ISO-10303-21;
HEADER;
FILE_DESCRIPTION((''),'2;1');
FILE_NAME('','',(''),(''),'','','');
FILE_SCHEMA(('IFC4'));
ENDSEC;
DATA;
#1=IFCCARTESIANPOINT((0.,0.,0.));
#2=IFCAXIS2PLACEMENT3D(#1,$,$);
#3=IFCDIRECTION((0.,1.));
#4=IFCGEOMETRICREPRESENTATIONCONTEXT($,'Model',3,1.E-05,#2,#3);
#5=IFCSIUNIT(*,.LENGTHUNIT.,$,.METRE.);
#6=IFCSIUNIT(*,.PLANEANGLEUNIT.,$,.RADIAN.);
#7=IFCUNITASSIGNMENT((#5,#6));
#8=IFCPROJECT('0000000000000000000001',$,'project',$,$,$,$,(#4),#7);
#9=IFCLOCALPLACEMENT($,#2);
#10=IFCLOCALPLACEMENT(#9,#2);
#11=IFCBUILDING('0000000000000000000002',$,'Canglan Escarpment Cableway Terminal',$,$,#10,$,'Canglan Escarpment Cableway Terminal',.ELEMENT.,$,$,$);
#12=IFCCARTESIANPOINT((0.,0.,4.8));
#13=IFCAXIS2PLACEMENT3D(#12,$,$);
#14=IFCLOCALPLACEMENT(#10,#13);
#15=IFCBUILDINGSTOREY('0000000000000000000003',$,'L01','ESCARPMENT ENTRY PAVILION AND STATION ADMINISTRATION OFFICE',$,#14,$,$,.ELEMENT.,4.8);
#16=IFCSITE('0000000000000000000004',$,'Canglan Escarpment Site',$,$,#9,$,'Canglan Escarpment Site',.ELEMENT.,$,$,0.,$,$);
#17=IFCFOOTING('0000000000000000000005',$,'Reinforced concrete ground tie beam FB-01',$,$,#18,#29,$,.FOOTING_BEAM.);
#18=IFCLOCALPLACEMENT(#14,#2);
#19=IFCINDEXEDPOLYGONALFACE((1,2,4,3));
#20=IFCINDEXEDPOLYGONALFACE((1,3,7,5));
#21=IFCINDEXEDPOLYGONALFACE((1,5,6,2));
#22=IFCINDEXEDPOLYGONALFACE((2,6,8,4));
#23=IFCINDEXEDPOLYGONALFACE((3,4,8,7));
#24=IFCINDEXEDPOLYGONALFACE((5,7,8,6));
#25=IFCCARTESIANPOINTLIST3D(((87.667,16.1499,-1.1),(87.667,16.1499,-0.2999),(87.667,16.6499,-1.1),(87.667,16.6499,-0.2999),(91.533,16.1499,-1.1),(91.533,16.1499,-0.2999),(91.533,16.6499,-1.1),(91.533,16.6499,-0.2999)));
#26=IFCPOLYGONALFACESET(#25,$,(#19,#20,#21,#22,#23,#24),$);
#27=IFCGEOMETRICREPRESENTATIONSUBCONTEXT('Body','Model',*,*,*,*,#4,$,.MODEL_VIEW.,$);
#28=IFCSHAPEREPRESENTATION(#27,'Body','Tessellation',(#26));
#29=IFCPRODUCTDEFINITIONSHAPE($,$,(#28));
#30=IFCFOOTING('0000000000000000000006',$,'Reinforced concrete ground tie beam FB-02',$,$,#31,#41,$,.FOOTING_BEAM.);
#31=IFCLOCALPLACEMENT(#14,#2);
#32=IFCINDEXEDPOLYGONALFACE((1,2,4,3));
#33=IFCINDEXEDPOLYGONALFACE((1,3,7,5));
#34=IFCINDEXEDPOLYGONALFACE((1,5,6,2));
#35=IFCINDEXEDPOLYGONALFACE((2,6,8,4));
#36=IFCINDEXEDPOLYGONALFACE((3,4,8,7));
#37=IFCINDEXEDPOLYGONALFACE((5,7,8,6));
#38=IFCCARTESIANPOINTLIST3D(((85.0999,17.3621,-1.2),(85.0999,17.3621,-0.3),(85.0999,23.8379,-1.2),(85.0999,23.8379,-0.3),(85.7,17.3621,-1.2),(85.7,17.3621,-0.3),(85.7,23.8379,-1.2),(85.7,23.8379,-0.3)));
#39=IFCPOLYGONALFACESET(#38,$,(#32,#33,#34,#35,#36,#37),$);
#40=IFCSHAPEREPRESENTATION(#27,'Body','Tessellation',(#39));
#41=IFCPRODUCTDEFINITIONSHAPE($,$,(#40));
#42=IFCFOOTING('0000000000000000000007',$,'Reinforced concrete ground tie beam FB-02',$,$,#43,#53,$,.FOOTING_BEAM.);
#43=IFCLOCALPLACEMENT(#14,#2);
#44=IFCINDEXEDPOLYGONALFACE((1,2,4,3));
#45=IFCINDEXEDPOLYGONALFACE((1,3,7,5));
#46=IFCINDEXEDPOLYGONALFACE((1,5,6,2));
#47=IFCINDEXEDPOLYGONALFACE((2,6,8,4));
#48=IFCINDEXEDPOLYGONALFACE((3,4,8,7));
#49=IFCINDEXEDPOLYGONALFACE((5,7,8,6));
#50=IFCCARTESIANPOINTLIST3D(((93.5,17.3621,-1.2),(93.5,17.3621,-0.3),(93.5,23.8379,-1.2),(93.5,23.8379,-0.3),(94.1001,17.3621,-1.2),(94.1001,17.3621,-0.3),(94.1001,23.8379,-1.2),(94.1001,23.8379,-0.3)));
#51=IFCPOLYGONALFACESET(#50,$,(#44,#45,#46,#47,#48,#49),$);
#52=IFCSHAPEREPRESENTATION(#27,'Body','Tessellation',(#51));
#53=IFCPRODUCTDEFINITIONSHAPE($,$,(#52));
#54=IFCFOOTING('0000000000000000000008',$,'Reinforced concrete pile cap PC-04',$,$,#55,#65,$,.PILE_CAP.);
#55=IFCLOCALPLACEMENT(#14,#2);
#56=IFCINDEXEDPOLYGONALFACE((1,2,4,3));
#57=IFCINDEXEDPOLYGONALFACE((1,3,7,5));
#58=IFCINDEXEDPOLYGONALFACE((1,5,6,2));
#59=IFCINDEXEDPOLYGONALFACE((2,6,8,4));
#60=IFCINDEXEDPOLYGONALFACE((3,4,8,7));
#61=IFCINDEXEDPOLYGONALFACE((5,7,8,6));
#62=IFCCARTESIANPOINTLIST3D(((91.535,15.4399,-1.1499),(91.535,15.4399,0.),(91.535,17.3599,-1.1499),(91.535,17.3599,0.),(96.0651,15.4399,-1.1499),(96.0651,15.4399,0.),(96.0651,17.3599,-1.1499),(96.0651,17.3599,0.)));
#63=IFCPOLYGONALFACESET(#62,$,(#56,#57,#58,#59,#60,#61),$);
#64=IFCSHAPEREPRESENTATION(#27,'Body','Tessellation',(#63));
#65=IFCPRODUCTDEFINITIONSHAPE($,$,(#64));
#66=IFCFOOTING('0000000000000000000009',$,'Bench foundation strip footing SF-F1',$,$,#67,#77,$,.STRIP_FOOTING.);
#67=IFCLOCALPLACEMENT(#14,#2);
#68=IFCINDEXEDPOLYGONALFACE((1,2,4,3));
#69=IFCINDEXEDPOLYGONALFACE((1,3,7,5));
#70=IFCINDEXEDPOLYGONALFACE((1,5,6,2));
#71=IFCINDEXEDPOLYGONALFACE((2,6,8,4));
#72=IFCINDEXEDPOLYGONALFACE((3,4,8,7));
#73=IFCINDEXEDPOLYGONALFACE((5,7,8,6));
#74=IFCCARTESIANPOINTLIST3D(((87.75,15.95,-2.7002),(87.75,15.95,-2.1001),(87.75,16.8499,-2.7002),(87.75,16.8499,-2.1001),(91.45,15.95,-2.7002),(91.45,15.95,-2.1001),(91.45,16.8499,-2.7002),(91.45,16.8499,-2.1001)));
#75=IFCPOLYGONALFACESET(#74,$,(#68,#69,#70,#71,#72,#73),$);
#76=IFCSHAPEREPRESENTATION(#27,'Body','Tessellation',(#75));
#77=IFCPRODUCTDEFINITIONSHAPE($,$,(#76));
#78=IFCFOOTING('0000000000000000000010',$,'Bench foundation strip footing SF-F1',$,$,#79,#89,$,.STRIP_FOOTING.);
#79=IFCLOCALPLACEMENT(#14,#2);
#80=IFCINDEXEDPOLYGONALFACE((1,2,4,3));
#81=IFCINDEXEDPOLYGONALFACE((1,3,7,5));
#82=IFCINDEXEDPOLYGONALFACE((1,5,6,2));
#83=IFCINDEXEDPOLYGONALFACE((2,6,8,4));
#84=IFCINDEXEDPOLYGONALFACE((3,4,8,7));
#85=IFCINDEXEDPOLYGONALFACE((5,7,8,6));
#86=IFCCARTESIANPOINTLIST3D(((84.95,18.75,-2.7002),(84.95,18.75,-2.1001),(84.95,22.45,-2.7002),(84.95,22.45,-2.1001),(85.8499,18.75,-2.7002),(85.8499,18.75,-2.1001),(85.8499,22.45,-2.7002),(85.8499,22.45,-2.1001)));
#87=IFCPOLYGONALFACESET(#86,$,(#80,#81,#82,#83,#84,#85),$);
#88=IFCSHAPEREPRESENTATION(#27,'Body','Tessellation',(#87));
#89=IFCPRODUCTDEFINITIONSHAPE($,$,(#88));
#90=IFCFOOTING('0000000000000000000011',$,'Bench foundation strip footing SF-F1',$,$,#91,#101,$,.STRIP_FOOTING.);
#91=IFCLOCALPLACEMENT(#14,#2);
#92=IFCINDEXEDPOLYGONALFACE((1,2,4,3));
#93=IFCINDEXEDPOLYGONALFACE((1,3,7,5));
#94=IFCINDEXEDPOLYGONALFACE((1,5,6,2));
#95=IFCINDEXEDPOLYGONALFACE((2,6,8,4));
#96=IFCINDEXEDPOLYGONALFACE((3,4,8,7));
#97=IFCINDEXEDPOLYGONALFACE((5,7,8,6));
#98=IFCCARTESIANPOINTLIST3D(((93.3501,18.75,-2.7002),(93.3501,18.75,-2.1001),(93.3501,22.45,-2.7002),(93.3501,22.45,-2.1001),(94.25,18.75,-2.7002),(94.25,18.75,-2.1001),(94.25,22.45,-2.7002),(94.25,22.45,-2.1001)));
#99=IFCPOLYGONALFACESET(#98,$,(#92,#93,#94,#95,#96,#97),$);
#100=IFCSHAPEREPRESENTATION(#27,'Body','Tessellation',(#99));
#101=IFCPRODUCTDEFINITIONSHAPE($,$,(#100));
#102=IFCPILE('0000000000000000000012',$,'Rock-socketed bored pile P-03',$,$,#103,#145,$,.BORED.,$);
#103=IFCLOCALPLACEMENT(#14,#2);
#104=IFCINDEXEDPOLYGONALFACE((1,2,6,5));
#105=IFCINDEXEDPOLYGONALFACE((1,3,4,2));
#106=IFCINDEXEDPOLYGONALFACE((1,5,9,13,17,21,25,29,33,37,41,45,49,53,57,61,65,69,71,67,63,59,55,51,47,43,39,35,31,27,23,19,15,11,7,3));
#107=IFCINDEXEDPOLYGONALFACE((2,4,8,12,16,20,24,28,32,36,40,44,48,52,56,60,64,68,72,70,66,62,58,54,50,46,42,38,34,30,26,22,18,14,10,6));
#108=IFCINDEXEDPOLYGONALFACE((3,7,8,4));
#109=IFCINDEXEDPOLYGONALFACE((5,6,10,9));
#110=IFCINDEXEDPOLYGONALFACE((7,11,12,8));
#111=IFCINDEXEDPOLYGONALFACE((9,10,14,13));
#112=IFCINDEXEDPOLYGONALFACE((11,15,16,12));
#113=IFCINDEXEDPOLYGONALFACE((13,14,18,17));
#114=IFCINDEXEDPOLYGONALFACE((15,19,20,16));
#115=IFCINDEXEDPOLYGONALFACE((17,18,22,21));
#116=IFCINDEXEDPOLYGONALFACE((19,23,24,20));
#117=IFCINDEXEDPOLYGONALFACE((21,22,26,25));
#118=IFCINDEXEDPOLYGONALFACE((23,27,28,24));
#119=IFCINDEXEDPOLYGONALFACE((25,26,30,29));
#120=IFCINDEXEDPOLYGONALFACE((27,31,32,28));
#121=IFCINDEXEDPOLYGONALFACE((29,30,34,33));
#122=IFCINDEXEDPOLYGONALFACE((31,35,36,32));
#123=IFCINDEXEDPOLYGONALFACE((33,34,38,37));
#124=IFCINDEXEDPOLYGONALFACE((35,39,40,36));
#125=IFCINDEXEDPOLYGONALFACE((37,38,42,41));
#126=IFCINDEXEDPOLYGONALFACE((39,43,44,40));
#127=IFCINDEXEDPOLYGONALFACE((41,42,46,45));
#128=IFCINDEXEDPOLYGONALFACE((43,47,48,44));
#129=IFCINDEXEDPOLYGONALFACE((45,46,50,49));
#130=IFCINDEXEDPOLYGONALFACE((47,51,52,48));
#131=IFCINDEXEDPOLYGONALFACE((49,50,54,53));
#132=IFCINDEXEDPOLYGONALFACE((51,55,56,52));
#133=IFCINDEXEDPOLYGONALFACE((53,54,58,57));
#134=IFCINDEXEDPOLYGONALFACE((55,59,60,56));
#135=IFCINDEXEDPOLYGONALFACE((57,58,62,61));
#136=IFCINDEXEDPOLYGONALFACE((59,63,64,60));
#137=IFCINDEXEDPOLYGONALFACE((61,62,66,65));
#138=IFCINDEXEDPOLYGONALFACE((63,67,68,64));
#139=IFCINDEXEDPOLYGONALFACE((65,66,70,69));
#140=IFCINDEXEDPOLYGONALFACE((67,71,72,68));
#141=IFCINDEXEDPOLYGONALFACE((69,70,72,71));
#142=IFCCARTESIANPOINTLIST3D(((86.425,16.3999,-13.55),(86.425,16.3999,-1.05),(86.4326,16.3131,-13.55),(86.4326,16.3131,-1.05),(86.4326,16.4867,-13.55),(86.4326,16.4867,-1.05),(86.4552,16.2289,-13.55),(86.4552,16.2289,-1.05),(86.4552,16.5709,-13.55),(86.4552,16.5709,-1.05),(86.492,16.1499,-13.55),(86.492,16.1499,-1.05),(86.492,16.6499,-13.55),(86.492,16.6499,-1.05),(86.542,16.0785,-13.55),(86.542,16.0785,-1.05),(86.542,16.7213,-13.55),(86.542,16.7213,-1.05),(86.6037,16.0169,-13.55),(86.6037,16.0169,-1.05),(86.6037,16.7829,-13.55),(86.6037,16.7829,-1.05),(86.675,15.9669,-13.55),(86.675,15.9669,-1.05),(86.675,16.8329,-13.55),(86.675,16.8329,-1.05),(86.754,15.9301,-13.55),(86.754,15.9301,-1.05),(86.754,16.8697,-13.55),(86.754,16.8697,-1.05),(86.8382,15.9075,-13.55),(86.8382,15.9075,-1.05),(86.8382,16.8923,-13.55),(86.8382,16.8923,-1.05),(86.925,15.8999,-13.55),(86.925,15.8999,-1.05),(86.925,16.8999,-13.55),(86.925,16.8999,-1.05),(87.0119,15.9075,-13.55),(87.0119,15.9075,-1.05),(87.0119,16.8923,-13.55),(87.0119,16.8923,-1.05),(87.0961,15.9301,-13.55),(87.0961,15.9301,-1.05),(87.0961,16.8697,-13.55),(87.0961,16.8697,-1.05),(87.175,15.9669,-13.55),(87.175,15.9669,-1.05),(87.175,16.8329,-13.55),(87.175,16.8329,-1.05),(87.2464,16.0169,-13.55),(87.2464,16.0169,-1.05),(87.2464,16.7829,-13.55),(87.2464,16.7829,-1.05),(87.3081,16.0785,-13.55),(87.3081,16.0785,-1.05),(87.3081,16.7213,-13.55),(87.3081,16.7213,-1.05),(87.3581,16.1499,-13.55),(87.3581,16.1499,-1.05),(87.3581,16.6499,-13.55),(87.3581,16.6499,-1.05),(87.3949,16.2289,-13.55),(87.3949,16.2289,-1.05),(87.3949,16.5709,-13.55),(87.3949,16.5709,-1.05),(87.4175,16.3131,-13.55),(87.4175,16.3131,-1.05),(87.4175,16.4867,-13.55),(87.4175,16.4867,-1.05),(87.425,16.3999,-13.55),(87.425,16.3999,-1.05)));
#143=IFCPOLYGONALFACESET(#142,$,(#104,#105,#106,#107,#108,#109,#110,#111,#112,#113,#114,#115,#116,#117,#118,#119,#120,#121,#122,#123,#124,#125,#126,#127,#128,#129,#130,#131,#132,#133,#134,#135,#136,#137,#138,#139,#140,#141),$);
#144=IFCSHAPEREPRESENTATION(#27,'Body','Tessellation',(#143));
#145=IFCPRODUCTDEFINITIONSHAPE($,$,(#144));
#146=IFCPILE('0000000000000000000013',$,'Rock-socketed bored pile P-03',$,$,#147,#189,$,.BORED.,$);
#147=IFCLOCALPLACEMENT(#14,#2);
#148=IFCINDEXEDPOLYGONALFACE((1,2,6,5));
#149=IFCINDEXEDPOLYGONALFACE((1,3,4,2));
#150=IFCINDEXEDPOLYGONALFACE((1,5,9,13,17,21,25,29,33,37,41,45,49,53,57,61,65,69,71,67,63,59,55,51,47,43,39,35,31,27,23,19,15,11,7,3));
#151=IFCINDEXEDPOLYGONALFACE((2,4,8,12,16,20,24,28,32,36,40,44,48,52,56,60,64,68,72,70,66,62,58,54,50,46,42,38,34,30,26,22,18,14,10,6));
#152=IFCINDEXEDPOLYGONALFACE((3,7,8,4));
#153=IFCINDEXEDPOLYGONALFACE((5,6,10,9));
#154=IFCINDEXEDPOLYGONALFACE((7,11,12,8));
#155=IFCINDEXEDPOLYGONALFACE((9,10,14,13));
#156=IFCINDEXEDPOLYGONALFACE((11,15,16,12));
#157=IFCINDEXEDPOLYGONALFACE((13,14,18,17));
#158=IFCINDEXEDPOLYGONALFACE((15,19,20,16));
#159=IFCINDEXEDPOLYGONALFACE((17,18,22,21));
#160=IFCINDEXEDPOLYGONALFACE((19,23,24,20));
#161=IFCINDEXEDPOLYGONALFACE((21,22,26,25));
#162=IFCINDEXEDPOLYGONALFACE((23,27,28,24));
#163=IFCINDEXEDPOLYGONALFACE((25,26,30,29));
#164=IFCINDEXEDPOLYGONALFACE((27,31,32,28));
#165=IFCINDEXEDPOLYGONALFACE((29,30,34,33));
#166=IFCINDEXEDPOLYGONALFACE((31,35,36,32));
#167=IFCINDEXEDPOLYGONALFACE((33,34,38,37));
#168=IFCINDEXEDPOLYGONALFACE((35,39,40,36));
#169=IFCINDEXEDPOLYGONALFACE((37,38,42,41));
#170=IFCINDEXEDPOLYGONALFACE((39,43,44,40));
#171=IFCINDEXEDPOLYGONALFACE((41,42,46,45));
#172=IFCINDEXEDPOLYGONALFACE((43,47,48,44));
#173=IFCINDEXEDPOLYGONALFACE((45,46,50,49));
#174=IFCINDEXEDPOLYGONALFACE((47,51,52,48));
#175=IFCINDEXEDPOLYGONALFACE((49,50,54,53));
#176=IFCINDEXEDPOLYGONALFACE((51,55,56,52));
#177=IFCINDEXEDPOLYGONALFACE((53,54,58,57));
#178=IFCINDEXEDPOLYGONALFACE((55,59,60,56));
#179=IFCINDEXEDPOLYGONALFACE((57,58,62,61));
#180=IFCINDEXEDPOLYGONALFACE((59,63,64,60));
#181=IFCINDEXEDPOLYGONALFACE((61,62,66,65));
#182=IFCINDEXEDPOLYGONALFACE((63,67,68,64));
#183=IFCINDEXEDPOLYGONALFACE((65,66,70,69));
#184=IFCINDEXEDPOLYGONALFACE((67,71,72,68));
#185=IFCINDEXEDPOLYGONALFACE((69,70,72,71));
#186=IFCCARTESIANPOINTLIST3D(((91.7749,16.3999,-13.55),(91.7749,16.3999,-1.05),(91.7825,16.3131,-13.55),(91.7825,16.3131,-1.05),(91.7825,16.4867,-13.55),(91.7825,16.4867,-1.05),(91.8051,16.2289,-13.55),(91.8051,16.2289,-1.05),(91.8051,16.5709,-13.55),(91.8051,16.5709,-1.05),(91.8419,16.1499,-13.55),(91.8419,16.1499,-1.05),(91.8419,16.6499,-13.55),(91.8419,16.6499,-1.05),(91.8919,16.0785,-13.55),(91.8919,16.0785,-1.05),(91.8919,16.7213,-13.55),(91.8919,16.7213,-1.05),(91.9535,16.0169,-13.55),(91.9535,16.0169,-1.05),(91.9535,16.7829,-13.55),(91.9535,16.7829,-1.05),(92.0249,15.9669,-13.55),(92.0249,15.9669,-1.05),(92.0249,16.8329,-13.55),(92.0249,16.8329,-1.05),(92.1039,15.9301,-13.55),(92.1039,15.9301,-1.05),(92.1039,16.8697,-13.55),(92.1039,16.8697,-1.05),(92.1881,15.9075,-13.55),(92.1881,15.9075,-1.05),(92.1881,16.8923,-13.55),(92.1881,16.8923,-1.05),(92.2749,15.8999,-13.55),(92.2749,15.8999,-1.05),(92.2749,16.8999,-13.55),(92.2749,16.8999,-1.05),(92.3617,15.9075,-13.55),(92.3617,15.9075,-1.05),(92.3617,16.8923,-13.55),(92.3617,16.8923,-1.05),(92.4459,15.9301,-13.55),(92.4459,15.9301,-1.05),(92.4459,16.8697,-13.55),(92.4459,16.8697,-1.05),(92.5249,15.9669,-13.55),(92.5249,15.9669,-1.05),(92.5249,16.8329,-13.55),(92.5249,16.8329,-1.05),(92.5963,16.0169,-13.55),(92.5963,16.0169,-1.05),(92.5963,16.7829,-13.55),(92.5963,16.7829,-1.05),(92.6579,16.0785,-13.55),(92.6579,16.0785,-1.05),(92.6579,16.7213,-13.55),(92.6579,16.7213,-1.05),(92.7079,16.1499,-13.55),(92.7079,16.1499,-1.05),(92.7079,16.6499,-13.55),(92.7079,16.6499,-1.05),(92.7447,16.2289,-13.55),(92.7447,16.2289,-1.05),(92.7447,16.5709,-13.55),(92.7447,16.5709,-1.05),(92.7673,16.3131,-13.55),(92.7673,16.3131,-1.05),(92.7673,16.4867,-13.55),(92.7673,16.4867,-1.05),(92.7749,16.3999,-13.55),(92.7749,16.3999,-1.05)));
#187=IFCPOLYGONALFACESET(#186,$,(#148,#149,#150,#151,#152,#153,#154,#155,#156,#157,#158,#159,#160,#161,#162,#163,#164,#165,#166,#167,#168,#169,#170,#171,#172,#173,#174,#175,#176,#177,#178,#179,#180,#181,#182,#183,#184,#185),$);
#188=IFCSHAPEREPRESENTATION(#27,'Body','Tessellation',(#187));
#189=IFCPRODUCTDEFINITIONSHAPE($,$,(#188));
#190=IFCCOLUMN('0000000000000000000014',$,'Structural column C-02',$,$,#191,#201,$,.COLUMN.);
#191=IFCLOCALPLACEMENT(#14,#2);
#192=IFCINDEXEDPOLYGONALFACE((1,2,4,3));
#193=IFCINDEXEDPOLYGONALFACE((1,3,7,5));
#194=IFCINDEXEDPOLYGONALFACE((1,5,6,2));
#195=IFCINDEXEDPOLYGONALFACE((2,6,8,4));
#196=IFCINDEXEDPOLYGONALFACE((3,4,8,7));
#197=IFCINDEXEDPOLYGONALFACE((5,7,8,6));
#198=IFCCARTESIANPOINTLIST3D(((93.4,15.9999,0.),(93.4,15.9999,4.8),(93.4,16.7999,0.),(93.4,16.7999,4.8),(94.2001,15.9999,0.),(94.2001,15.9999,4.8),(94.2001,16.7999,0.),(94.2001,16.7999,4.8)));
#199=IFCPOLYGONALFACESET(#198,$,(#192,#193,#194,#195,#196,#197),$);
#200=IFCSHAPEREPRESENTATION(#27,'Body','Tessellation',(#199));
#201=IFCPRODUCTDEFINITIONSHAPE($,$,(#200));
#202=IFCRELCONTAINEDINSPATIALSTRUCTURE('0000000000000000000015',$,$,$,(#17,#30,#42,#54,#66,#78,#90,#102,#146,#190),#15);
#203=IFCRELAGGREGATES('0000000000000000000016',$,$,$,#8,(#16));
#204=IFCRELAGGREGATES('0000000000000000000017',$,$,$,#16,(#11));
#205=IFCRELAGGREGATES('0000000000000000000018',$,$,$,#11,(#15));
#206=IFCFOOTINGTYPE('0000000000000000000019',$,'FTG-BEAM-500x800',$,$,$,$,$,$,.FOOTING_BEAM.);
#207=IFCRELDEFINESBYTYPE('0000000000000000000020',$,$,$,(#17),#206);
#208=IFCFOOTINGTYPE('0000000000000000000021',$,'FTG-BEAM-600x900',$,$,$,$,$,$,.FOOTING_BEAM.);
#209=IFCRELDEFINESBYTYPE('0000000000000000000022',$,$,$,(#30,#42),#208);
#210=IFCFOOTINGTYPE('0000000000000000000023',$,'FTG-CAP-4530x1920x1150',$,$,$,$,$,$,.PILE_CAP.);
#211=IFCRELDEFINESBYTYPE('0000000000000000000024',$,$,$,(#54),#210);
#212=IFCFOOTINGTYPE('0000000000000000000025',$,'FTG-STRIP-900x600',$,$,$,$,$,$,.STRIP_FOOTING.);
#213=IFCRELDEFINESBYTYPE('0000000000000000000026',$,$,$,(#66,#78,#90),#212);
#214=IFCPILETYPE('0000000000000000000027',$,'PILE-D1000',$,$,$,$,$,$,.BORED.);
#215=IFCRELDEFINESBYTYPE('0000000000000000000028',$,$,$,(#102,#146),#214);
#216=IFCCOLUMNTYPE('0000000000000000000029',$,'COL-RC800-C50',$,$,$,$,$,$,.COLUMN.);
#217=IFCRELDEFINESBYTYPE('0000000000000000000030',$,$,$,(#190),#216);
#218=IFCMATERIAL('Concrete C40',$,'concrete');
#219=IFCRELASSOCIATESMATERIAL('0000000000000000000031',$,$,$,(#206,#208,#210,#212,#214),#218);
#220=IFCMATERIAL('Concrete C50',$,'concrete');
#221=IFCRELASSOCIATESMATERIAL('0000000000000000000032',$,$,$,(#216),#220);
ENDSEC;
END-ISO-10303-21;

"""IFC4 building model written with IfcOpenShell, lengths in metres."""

from ifc_helpers import new_model, si_unit, direction, frame, origin, origin_2d, place, context, subcontext, project, spatial, rectangle, circle, extrude, material, material_profile, profile_set, type_object, element, save


model = new_model("IFC4")

# Units and contexts
model_context = context("Model", 3, precision=1e-05, world=origin(), true_north=direction((0.0, 1.0)))
body_context = subcontext(model_context, "Body", "Model", "MODEL_VIEW")
ifc_project = project(units=[si_unit("LENGTHUNIT", "METRE"), si_unit("PLANEANGLEUNIT", "RADIAN")], contexts=[model_context])

# Site, building, storey
site_placement = place(None, origin())
site = spatial("IfcSite", under=ifc_project, at=site_placement, Name="Canglan Escarpment Site", LongName="Canglan Escarpment Site", CompositionType="ELEMENT", RefElevation=0.0)
building_placement = place(site_placement, origin())
building = spatial("IfcBuilding", under=site, at=building_placement, Name="Canglan Escarpment Cableway Terminal", LongName="Canglan Escarpment Cableway Terminal", CompositionType="ELEMENT")
storey_placement = place(building_placement, frame((0.0, 0.0, 4.8)))
storey = spatial("IfcBuildingStorey", under=building, at=storey_placement, Name="L01", Description="ESCARPMENT ENTRY PAVILION AND STATION ADMINISTRATION OFFICE", CompositionType="ELEMENT", Elevation=4.8)

# Footings
ifc_material_1 = material(Name="Concrete C40", Category="concrete")
ifc_material_profile_1 = material_profile(ifc_material_1, rectangle(XDim=0.5, YDim=0.8, at=origin_2d()), Name="FB 500x800")
ifc_profile_set_1 = profile_set([ifc_material_profile_1], Name="Concrete C40")
footing_type_1 = type_object("IfcFootingType", Name="FTG-BEAM-500x800", PredefinedType="FOOTING_BEAM", material=ifc_profile_set_1)
footing_1_placement = place(storey_placement, frame((87.667, 16.3999, -0.7), z_axis=(1.0, 0.0, 0.0), x_axis=(0.0, 1.0, 0.0)))
element("IfcFooting", 1, at=footing_1_placement, inside=storey, type_object=footing_type_1, Name="Reinforced concrete ground tie beam FB-01", PredefinedType="FOOTING_BEAM", context=body_context, shape_type="SweptSolid", body=[
    extrude(rectangle(XDim=0.5, YDim=0.8, at=origin_2d()), origin(), (0.0, 0.0, 1.0), 3.866),
])
ifc_material_profile_2 = material_profile(ifc_material_1, rectangle(XDim=0.6001, YDim=0.8999, at=origin_2d()), Name="FB 600x900")
ifc_profile_set_2 = profile_set([ifc_material_profile_2], Name="Concrete C40")
footing_type_2 = type_object("IfcFootingType", Name="FTG-BEAM-600x900", PredefinedType="FOOTING_BEAM", material=ifc_profile_set_2)
for number, where, z_axis, x_axis, name in (
    (2, (85.3999, 17.3621, -0.75), (0.0, 1.0, 0.0), (-1.0, 0.0, 0.0), "Reinforced concrete ground tie beam FB-02"),
    (3, (93.8, 17.3621, -0.75), (0.0, 1.0, 0.0), (-1.0, 0.0, 0.0), "Reinforced concrete ground tie beam FB-02"),
):
    element("IfcFooting", number, at=place(storey_placement, frame(where, z_axis=z_axis, x_axis=x_axis)), inside=storey, type_object=footing_type_2, Name=name, PredefinedType="FOOTING_BEAM", context=body_context, shape_type="SweptSolid", body=[
        extrude(rectangle(XDim=0.6001, YDim=0.8999, at=origin_2d()), origin(), (0.0, 0.0, 1.0), 6.4758),
    ])
footing_type_3 = type_object("IfcFootingType", Name="FTG-CAP-4530x1920x1150", PredefinedType="PILE_CAP", material=ifc_material_1)
footing_2_placement = place(storey_placement, frame((93.8, 16.3999, -1.1499), z_axis=(0.0, 0.0, 1.0), x_axis=(1.0, 0.0, 0.0)))
element("IfcFooting", 4, at=footing_2_placement, inside=storey, type_object=footing_type_3, Name="Reinforced concrete pile cap PC-04", PredefinedType="PILE_CAP", context=body_context, shape_type="SweptSolid", body=[
    extrude(rectangle(XDim=4.53, YDim=1.9199, at=origin_2d()), origin(), (0.0, 0.0, 1.0), 1.1499),
])
ifc_material_profile_3 = material_profile(ifc_material_1, rectangle(XDim=0.8999, YDim=0.6001, at=origin_2d()), Name="SF 900x600")
ifc_profile_set_3 = profile_set([ifc_material_profile_3], Name="Concrete C40")
footing_type_4 = type_object("IfcFootingType", Name="FTG-STRIP-900x600", PredefinedType="STRIP_FOOTING", material=ifc_profile_set_3)
for number, where, z_axis, x_axis, name in (
    (5, (87.75, 16.3999, -2.4001), (1.0, 0.0, 0.0), (0.0, 1.0, 0.0), "Bench foundation strip footing SF-F1"),
    (6, (85.3999, 18.75, -2.4001), (0.0, 1.0, 0.0), (-1.0, 0.0, 0.0), "Bench foundation strip footing SF-F1"),
    (7, (93.8, 18.75, -2.4001), (0.0, 1.0, 0.0), (-1.0, 0.0, 0.0), "Bench foundation strip footing SF-F1"),
):
    element("IfcFooting", number, at=place(storey_placement, frame(where, z_axis=z_axis, x_axis=x_axis)), inside=storey, type_object=footing_type_4, Name=name, PredefinedType="STRIP_FOOTING", context=body_context, shape_type="SweptSolid", body=[
        extrude(rectangle(XDim=0.8999, YDim=0.6001, at=origin_2d()), origin(), (0.0, 0.0, 1.0), 3.7),
    ])

# Piles
ifc_material_profile_4 = material_profile(ifc_material_1, circle(Radius=0.5, at=origin_2d()), Name="BORED PILE D1000")
ifc_profile_set_4 = profile_set([ifc_material_profile_4], Name="Concrete C40")
pile_type = type_object("IfcPileType", Name="PILE-D1000", PredefinedType="BORED", material=ifc_profile_set_4)
for number, where, z_axis, x_axis, name in (
    (8, (86.925, 16.3999, -1.05), (0.0, 0.0, -1.0), (1.0, 0.0, 0.0), "Rock-socketed bored pile P-03"),
    (9, (92.2749, 16.3999, -1.05), (0.0, 0.0, -1.0), (1.0, 0.0, 0.0), "Rock-socketed bored pile P-03"),
):
    element("IfcPile", number, at=place(storey_placement, frame(where, z_axis=z_axis, x_axis=x_axis)), inside=storey, type_object=pile_type, Name=name, PredefinedType="BORED", context=body_context, shape_type="SweptSolid", body=[
        extrude(circle(Radius=0.5, at=origin_2d()), origin(), (0.0, 0.0, 1.0), 12.5),
    ])

# Column
ifc_material_2 = material(Name="Concrete C50", Category="concrete")
ifc_material_profile_5 = material_profile(ifc_material_2, rectangle(XDim=0.8, YDim=0.8, at=origin_2d()), Name="RC 800x800")
ifc_profile_set_5 = profile_set([ifc_material_profile_5], Name="Concrete C50")
column_type = type_object("IfcColumnType", Name="COL-RC800-C50", PredefinedType="COLUMN", material=ifc_profile_set_5)
column_placement = place(storey_placement, frame((93.8, 16.3999, 0.0), z_axis=(0.0, 0.0, 1.0), x_axis=(1.0, 0.0, 0.0)))
element("IfcColumn", 10, at=column_placement, inside=storey, type_object=column_type, Name="Structural column C-02", PredefinedType="COLUMN", context=body_context, shape_type="SweptSolid", body=[
    extrude(rectangle(XDim=0.8, YDim=0.8, at=origin_2d()), origin(), (0.0, 0.0, 1.0), 4.8),
])

save(model, "model.ifc")
